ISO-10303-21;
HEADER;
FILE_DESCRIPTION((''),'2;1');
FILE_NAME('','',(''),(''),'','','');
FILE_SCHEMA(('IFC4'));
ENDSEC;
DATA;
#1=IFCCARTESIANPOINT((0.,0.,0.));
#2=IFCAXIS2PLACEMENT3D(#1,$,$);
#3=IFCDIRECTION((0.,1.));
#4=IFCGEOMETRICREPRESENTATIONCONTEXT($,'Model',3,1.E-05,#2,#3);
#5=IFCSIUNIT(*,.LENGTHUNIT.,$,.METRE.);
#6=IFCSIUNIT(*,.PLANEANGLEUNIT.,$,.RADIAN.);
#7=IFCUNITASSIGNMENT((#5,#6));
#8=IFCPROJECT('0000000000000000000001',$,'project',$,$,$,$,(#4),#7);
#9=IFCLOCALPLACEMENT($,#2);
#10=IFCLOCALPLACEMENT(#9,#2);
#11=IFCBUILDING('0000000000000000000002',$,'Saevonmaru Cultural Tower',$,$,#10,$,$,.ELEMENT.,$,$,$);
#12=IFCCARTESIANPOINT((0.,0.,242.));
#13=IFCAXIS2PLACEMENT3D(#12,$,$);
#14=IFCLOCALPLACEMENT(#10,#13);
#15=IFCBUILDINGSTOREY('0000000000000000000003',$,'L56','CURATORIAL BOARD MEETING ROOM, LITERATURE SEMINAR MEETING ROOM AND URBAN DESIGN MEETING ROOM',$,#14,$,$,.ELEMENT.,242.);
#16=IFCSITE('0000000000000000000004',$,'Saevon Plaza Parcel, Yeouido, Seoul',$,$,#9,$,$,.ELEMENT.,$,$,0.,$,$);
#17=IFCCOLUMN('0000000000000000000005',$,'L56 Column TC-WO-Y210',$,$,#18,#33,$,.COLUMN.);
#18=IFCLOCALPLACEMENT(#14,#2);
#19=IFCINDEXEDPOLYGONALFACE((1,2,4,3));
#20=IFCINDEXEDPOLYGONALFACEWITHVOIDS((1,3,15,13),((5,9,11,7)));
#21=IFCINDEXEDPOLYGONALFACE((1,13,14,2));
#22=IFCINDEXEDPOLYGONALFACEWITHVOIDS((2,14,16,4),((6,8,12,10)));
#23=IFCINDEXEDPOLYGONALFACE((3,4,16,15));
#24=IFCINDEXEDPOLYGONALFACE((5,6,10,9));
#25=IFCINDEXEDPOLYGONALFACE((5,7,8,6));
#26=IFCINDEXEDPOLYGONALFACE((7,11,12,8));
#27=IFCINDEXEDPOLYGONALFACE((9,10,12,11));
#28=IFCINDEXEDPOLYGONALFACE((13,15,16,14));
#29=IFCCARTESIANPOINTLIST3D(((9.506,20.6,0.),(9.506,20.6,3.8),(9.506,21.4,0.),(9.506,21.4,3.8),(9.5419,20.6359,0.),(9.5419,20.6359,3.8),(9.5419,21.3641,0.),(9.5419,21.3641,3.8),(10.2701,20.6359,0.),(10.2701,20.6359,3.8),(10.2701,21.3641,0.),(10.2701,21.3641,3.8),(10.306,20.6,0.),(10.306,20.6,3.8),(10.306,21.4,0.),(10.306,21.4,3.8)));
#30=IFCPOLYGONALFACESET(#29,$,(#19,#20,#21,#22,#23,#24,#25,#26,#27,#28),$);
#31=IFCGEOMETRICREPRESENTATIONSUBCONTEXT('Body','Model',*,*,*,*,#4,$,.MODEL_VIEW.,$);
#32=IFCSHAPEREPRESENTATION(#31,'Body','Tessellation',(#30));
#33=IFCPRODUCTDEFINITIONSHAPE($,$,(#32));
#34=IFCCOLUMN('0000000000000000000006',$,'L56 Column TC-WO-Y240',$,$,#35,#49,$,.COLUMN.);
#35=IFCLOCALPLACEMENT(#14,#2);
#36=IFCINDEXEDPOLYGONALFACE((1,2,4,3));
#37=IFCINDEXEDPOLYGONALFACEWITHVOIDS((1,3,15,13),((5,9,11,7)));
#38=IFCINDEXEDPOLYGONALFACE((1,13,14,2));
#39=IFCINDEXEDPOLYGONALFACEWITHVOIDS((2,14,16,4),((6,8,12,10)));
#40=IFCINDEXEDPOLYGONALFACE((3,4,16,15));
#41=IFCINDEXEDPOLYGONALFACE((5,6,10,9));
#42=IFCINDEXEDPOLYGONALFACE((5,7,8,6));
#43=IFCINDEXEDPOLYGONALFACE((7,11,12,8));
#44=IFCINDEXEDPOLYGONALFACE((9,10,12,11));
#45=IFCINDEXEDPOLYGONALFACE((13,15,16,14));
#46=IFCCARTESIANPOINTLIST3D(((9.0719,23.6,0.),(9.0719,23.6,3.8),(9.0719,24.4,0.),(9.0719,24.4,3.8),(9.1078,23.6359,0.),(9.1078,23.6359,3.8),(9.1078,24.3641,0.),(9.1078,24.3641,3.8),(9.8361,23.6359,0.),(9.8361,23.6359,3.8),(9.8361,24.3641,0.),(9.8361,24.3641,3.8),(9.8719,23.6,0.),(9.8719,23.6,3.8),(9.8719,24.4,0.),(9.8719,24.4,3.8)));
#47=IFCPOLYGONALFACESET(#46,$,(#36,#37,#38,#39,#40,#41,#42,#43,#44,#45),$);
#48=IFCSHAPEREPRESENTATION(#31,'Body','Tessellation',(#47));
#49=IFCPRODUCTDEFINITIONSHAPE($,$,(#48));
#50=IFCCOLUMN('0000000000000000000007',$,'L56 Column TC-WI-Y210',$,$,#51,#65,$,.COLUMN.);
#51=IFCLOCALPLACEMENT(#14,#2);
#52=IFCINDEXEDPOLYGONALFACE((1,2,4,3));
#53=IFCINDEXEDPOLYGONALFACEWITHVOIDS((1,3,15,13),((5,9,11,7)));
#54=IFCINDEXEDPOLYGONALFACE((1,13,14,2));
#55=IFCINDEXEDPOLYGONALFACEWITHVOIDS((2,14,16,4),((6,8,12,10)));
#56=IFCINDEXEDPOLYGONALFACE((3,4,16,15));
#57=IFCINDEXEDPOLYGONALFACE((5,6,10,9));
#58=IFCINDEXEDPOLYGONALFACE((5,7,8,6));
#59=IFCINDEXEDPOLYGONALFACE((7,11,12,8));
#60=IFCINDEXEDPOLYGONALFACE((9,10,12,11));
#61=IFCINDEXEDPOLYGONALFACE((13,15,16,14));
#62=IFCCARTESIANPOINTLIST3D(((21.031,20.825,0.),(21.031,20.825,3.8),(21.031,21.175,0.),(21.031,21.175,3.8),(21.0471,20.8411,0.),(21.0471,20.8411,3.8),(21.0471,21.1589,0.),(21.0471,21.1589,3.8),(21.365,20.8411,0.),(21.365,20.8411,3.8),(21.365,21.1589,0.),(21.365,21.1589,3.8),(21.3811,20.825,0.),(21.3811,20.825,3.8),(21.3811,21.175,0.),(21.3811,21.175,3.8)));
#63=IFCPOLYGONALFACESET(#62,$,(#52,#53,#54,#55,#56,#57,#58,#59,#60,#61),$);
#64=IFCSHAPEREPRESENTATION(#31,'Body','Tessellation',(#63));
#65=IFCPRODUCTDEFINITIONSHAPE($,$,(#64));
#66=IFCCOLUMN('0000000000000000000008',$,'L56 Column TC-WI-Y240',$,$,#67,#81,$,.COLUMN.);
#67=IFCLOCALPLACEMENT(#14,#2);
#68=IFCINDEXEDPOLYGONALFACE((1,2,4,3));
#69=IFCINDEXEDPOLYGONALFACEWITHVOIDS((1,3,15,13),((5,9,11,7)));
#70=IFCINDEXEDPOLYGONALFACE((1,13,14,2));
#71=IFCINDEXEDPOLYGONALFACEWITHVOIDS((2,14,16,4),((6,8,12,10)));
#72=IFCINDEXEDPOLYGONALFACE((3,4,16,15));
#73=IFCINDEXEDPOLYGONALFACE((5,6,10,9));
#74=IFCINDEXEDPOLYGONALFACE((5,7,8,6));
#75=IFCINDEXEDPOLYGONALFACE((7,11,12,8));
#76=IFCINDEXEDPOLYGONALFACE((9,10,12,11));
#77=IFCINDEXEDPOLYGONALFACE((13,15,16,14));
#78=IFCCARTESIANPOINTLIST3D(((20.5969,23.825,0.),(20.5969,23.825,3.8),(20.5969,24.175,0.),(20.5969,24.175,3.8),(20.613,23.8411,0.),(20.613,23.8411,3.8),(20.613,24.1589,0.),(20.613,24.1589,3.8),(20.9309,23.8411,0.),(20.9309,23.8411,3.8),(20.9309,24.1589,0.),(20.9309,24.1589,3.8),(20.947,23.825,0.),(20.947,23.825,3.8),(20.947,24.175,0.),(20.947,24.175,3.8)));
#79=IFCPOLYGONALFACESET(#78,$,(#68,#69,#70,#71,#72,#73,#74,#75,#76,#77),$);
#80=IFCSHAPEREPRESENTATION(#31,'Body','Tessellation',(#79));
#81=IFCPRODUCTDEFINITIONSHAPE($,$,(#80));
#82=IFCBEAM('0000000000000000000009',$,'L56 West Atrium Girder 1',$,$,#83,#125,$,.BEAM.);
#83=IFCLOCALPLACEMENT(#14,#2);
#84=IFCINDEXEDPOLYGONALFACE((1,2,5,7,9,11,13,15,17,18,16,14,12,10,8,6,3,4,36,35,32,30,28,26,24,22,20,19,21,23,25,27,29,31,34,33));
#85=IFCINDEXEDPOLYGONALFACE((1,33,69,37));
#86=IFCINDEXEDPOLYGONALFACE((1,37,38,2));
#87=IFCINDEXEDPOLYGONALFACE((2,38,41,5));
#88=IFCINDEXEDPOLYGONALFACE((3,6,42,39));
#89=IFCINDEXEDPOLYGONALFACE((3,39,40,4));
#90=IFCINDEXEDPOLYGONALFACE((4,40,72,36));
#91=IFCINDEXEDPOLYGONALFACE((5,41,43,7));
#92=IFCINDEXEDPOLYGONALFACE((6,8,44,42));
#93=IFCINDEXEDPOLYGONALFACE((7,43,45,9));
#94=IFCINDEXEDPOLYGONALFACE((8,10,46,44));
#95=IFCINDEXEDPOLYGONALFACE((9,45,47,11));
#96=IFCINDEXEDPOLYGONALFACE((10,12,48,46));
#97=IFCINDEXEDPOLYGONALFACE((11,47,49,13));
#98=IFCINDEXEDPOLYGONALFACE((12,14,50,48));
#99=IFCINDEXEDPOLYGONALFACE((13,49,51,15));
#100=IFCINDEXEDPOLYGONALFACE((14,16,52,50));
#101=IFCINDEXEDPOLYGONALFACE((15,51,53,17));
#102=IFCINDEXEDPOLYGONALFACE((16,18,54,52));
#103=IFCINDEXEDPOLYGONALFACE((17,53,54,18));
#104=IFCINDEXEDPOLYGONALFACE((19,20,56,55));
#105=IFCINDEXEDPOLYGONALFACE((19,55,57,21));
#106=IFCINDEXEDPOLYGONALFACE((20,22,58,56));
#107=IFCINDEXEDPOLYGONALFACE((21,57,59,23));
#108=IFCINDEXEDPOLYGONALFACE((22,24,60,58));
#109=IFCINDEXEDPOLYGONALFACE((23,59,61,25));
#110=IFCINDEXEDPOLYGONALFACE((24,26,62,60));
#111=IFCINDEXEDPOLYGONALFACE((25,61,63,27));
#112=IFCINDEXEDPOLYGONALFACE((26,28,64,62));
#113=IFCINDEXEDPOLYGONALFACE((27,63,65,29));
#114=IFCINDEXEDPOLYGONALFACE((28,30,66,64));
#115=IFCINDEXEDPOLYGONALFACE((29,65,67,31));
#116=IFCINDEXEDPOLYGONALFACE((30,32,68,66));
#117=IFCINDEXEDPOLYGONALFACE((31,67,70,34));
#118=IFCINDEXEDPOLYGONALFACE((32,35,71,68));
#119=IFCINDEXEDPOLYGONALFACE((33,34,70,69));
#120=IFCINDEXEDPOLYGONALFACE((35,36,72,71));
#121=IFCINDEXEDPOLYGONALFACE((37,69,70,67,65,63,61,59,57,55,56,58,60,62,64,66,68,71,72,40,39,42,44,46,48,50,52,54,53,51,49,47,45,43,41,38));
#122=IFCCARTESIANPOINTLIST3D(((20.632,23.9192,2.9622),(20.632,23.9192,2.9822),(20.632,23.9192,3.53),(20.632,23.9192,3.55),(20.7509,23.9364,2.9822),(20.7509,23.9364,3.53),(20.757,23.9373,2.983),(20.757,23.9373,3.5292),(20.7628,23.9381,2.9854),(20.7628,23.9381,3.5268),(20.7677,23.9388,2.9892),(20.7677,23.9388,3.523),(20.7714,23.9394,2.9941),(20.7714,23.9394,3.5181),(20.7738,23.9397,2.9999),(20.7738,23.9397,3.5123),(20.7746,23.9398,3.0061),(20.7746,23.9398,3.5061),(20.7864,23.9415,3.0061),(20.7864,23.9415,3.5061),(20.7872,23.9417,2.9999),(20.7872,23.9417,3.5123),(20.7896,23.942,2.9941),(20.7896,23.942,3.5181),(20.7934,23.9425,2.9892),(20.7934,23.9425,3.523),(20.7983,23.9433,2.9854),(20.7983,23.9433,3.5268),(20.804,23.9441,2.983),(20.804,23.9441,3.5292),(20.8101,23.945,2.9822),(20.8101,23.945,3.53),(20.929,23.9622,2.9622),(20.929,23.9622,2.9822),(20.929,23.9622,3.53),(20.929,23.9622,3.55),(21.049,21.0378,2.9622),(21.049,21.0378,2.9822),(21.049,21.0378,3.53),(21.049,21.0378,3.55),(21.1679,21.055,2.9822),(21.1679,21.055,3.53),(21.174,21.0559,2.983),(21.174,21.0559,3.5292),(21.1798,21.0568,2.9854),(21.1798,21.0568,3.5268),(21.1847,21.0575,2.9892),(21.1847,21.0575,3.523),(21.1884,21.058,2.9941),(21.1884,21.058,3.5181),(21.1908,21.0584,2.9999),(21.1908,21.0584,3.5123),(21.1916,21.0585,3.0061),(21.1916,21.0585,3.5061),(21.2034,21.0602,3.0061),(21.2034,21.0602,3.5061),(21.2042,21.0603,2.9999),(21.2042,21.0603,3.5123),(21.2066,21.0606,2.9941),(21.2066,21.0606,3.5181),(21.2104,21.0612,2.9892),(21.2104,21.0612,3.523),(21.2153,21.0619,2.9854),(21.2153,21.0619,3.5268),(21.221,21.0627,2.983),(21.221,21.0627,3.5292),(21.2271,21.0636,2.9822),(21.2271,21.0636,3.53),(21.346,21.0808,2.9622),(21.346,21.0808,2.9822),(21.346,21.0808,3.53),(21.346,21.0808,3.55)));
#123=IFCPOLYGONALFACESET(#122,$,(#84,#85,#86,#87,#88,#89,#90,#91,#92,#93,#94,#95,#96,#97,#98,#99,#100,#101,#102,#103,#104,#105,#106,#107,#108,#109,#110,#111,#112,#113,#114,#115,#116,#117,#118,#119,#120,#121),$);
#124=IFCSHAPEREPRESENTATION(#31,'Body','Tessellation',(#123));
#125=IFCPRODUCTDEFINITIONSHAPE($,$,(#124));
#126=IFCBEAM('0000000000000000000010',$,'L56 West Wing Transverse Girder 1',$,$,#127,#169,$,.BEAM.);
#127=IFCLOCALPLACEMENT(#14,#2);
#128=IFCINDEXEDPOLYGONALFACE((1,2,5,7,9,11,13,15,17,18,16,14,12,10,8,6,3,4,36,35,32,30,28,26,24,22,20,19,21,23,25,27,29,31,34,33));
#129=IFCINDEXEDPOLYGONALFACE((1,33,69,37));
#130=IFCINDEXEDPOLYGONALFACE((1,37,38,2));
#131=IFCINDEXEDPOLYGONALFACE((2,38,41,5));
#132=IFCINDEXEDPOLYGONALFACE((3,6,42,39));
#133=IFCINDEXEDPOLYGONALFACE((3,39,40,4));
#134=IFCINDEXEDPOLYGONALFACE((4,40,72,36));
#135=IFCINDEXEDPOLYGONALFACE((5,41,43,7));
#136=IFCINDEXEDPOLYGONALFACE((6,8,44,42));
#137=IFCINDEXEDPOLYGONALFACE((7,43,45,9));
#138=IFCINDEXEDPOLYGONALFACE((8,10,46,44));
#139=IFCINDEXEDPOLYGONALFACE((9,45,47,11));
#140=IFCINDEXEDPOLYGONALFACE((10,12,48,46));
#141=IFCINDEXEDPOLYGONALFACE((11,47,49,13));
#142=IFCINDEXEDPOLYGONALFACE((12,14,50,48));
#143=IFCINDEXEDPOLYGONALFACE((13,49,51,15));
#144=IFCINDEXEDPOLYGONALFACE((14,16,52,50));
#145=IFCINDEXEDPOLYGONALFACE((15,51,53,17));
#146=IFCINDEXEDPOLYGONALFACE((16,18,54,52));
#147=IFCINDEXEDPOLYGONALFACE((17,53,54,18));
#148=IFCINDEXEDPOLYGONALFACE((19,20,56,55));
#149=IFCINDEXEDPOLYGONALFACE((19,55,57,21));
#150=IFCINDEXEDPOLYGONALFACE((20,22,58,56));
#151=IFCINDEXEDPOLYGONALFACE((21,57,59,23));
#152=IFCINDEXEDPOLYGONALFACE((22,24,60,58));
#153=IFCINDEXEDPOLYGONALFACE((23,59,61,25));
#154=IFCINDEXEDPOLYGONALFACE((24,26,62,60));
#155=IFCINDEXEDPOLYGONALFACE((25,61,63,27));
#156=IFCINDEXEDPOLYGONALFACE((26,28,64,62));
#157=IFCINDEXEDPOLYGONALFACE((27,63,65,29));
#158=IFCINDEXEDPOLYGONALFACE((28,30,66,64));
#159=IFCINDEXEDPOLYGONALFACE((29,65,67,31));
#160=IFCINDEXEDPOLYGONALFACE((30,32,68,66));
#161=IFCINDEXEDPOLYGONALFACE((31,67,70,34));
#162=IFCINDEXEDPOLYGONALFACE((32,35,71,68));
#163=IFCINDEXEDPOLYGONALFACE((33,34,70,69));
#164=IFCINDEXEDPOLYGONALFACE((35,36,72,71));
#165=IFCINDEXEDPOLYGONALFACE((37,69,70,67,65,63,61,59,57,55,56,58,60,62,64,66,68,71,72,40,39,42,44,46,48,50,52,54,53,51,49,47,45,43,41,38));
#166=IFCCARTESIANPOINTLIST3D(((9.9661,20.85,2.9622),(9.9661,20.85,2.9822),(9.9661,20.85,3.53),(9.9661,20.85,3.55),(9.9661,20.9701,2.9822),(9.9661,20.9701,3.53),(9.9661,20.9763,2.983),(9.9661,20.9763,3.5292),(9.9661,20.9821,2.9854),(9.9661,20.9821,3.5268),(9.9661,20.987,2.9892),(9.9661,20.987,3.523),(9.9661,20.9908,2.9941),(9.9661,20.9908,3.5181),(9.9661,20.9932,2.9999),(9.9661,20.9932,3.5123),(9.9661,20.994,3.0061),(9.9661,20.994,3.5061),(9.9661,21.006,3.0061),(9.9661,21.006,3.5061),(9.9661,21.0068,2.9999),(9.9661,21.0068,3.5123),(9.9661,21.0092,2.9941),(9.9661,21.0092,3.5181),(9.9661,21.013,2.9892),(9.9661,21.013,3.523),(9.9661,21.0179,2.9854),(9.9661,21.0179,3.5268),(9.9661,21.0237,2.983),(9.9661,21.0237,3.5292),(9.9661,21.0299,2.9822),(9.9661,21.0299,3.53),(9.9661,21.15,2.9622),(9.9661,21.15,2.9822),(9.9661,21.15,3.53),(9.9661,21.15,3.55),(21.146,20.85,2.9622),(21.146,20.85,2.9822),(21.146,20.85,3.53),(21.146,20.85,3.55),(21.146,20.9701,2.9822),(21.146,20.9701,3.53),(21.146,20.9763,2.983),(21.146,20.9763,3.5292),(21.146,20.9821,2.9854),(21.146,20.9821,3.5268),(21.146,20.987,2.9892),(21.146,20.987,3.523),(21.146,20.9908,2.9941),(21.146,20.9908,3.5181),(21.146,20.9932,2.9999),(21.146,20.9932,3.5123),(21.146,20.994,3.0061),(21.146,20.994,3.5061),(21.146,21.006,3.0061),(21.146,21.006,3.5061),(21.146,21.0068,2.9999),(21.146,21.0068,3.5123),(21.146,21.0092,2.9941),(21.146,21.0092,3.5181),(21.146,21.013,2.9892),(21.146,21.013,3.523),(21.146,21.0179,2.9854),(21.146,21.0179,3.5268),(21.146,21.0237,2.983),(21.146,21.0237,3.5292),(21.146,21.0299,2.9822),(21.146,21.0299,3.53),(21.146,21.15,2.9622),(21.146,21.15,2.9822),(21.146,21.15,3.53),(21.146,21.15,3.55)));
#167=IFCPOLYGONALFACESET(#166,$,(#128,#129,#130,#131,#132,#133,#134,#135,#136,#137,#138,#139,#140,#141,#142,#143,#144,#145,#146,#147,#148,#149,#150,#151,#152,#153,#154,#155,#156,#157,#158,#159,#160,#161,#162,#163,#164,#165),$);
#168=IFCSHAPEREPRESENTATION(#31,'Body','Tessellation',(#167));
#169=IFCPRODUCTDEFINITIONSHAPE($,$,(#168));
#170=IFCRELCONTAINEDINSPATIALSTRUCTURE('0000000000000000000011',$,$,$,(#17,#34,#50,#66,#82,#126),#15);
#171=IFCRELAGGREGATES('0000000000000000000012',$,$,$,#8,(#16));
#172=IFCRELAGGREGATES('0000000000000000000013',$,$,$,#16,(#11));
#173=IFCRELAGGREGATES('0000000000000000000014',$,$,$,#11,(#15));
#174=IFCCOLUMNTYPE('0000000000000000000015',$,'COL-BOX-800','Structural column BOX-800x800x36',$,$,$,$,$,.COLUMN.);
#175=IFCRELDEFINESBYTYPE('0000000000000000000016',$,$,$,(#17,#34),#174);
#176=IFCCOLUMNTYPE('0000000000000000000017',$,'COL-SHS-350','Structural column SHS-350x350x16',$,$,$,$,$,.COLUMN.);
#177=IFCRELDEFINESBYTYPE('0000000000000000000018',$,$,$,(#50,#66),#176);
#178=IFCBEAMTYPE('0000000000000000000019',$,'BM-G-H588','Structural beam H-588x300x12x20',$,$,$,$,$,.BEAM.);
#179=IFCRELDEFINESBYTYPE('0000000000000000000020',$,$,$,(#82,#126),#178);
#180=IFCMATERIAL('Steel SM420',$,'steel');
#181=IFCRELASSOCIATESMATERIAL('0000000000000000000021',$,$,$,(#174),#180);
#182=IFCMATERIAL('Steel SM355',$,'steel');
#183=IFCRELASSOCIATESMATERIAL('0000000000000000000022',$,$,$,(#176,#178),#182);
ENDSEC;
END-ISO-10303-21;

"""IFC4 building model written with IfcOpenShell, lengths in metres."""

from ifc_helpers import new_model, si_unit, direction, frame, origin, origin_2d, place, context, subcontext, project, spatial, hollow_rectangle, i_section, extrude, material, material_profile, profile_set, type_object, element, save


model = new_model("IFC4")

# Units and contexts
model_context = context("Model", 3, precision=1e-05, world=origin(), true_north=direction((0.0, 1.0)))
body_context = subcontext(model_context, "Body", "Model", "MODEL_VIEW")
ifc_project = project(units=[si_unit("LENGTHUNIT", "METRE"), si_unit("PLANEANGLEUNIT", "RADIAN")], contexts=[model_context])

# Site, building, storey
site_placement = place(None, origin())
site = spatial("IfcSite", under=ifc_project, at=site_placement, Name="Saevon Plaza Parcel, Yeouido, Seoul", CompositionType="ELEMENT", RefElevation=0.0)
building_placement = place(site_placement, origin())
building = spatial("IfcBuilding", under=site, at=building_placement, Name="Saevonmaru Cultural Tower", CompositionType="ELEMENT")
storey_placement = place(building_placement, frame((0.0, 0.0, 242.0)))
storey = spatial("IfcBuildingStorey", under=building, at=storey_placement, Name="L56", Description="CURATORIAL BOARD MEETING ROOM, LITERATURE SEMINAR MEETING ROOM AND URBAN DESIGN MEETING ROOM", CompositionType="ELEMENT", Elevation=242.0)

# Columns
ifc_material_1 = material(Name="Steel SM420", Category="steel")
ifc_material_profile_1 = material_profile(ifc_material_1, hollow_rectangle(XDim=0.8, YDim=0.8, WallThickness=0.0359, at=origin_2d()), Name="BOX-800x800x36")
ifc_profile_set_1 = profile_set([ifc_material_profile_1], Name="Steel SM420")
column_type_1 = type_object("IfcColumnType", Name="COL-BOX-800", Description="Structural column BOX-800x800x36", PredefinedType="COLUMN", material=ifc_profile_set_1)
for number, where, z_axis, x_axis, name in (
    (1, (9.906, 21.0, 0.0), (0.0, 0.0, 1.0), (1.0, 0.0, 0.0), "L56 Column TC-WO-Y210"),
    (2, (9.4719, 24.0, 0.0), (0.0, 0.0, 1.0), (1.0, 0.0, 0.0), "L56 Column TC-WO-Y240"),
):
    element("IfcColumn", number, at=place(storey_placement, frame(where, z_axis=z_axis, x_axis=x_axis)), inside=storey, type_object=column_type_1, Name=name, PredefinedType="COLUMN", context=body_context, shape_type="SweptSolid", body=[
        extrude(hollow_rectangle(XDim=0.8, YDim=0.8, WallThickness=0.0359, at=origin_2d()), origin(), (0.0, 0.0, 1.0), 3.8),
    ])
ifc_material_2 = material(Name="Steel SM355", Category="steel")
ifc_material_profile_2 = material_profile(ifc_material_2, hollow_rectangle(XDim=0.3501, YDim=0.3501, WallThickness=0.0161, at=origin_2d()), Name="SHS-350x350x16")
ifc_profile_set_2 = profile_set([ifc_material_profile_2], Name="Steel SM355")
column_type_2 = type_object("IfcColumnType", Name="COL-SHS-350", Description="Structural column SHS-350x350x16", PredefinedType="COLUMN", material=ifc_profile_set_2)
for number, where, z_axis, x_axis, name in (
    (3, (21.2061, 21.0, 0.0), (0.0, 0.0, 1.0), (1.0, 0.0, 0.0), "L56 Column TC-WI-Y210"),
    (4, (20.772, 24.0, 0.0), (0.0, 0.0, 1.0), (1.0, 0.0, 0.0), "L56 Column TC-WI-Y240"),
):
    element("IfcColumn", number, at=place(storey_placement, frame(where, z_axis=z_axis, x_axis=x_axis)), inside=storey, type_object=column_type_2, Name=name, PredefinedType="COLUMN", context=body_context, shape_type="SweptSolid", body=[
        extrude(hollow_rectangle(XDim=0.3501, YDim=0.3501, WallThickness=0.0161, at=origin_2d()), origin(), (0.0, 0.0, 1.0), 3.8),
    ])

# Beams
ifc_material_profile_3 = material_profile(ifc_material_2, i_section(OverallWidth=0.3, OverallDepth=0.5879, WebThickness=0.012, FlangeThickness=0.02, FilletRadius=0.0239, at=origin_2d()), Name="H-588x300x12x20")
ifc_profile_set_3 = profile_set([ifc_material_profile_3], Name="Steel SM355")
beam_type_1 = type_object("IfcBeamType", Name="BM-G-H588", Description="Structural beam H-588x300x12x20", PredefinedType="BEAM", material=ifc_profile_set_3)
beam_1_placement = place(storey_placement, frame((21.1975, 21.0593, 3.2561), z_axis=(-0.143229, 0.98969, 0.0), x_axis=(-0.98969, -0.143229, 0.0)))
element("IfcBeam", 5, at=beam_1_placement, inside=storey, type_object=beam_type_1, Name="L56 West Atrium Girder 1", PredefinedType="BEAM", context=body_context, shape_type="SweptSolid", body=[
    extrude(i_section(OverallWidth=0.3, OverallDepth=0.5879, WebThickness=0.012, FlangeThickness=0.02, FilletRadius=0.0239, at=origin_2d()), origin(), (0.0, 0.0, 1.0), 2.9114),
])
for number, where, z_axis, x_axis, name in (
    (6, (9.9661, 21.0, 3.2561), (1.0, 0.0, 0.0), (0.0, 1.0, 0.0), "L56 West Wing Transverse Girder 1"),
):
    element("IfcBeam", number, at=place(storey_placement, frame(where, z_axis=z_axis, x_axis=x_axis)), inside=storey, type_object=beam_type_1, Name=name, PredefinedType="BEAM", context=body_context, shape_type="SweptSolid", body=[
        extrude(i_section(OverallWidth=0.3, OverallDepth=0.5879, WebThickness=0.012, FlangeThickness=0.02, FilletRadius=0.0239, at=origin_2d()), origin(), (0.0, 0.0, 1.0), 11.1799),
    ])

save(model, "model.ifc")
